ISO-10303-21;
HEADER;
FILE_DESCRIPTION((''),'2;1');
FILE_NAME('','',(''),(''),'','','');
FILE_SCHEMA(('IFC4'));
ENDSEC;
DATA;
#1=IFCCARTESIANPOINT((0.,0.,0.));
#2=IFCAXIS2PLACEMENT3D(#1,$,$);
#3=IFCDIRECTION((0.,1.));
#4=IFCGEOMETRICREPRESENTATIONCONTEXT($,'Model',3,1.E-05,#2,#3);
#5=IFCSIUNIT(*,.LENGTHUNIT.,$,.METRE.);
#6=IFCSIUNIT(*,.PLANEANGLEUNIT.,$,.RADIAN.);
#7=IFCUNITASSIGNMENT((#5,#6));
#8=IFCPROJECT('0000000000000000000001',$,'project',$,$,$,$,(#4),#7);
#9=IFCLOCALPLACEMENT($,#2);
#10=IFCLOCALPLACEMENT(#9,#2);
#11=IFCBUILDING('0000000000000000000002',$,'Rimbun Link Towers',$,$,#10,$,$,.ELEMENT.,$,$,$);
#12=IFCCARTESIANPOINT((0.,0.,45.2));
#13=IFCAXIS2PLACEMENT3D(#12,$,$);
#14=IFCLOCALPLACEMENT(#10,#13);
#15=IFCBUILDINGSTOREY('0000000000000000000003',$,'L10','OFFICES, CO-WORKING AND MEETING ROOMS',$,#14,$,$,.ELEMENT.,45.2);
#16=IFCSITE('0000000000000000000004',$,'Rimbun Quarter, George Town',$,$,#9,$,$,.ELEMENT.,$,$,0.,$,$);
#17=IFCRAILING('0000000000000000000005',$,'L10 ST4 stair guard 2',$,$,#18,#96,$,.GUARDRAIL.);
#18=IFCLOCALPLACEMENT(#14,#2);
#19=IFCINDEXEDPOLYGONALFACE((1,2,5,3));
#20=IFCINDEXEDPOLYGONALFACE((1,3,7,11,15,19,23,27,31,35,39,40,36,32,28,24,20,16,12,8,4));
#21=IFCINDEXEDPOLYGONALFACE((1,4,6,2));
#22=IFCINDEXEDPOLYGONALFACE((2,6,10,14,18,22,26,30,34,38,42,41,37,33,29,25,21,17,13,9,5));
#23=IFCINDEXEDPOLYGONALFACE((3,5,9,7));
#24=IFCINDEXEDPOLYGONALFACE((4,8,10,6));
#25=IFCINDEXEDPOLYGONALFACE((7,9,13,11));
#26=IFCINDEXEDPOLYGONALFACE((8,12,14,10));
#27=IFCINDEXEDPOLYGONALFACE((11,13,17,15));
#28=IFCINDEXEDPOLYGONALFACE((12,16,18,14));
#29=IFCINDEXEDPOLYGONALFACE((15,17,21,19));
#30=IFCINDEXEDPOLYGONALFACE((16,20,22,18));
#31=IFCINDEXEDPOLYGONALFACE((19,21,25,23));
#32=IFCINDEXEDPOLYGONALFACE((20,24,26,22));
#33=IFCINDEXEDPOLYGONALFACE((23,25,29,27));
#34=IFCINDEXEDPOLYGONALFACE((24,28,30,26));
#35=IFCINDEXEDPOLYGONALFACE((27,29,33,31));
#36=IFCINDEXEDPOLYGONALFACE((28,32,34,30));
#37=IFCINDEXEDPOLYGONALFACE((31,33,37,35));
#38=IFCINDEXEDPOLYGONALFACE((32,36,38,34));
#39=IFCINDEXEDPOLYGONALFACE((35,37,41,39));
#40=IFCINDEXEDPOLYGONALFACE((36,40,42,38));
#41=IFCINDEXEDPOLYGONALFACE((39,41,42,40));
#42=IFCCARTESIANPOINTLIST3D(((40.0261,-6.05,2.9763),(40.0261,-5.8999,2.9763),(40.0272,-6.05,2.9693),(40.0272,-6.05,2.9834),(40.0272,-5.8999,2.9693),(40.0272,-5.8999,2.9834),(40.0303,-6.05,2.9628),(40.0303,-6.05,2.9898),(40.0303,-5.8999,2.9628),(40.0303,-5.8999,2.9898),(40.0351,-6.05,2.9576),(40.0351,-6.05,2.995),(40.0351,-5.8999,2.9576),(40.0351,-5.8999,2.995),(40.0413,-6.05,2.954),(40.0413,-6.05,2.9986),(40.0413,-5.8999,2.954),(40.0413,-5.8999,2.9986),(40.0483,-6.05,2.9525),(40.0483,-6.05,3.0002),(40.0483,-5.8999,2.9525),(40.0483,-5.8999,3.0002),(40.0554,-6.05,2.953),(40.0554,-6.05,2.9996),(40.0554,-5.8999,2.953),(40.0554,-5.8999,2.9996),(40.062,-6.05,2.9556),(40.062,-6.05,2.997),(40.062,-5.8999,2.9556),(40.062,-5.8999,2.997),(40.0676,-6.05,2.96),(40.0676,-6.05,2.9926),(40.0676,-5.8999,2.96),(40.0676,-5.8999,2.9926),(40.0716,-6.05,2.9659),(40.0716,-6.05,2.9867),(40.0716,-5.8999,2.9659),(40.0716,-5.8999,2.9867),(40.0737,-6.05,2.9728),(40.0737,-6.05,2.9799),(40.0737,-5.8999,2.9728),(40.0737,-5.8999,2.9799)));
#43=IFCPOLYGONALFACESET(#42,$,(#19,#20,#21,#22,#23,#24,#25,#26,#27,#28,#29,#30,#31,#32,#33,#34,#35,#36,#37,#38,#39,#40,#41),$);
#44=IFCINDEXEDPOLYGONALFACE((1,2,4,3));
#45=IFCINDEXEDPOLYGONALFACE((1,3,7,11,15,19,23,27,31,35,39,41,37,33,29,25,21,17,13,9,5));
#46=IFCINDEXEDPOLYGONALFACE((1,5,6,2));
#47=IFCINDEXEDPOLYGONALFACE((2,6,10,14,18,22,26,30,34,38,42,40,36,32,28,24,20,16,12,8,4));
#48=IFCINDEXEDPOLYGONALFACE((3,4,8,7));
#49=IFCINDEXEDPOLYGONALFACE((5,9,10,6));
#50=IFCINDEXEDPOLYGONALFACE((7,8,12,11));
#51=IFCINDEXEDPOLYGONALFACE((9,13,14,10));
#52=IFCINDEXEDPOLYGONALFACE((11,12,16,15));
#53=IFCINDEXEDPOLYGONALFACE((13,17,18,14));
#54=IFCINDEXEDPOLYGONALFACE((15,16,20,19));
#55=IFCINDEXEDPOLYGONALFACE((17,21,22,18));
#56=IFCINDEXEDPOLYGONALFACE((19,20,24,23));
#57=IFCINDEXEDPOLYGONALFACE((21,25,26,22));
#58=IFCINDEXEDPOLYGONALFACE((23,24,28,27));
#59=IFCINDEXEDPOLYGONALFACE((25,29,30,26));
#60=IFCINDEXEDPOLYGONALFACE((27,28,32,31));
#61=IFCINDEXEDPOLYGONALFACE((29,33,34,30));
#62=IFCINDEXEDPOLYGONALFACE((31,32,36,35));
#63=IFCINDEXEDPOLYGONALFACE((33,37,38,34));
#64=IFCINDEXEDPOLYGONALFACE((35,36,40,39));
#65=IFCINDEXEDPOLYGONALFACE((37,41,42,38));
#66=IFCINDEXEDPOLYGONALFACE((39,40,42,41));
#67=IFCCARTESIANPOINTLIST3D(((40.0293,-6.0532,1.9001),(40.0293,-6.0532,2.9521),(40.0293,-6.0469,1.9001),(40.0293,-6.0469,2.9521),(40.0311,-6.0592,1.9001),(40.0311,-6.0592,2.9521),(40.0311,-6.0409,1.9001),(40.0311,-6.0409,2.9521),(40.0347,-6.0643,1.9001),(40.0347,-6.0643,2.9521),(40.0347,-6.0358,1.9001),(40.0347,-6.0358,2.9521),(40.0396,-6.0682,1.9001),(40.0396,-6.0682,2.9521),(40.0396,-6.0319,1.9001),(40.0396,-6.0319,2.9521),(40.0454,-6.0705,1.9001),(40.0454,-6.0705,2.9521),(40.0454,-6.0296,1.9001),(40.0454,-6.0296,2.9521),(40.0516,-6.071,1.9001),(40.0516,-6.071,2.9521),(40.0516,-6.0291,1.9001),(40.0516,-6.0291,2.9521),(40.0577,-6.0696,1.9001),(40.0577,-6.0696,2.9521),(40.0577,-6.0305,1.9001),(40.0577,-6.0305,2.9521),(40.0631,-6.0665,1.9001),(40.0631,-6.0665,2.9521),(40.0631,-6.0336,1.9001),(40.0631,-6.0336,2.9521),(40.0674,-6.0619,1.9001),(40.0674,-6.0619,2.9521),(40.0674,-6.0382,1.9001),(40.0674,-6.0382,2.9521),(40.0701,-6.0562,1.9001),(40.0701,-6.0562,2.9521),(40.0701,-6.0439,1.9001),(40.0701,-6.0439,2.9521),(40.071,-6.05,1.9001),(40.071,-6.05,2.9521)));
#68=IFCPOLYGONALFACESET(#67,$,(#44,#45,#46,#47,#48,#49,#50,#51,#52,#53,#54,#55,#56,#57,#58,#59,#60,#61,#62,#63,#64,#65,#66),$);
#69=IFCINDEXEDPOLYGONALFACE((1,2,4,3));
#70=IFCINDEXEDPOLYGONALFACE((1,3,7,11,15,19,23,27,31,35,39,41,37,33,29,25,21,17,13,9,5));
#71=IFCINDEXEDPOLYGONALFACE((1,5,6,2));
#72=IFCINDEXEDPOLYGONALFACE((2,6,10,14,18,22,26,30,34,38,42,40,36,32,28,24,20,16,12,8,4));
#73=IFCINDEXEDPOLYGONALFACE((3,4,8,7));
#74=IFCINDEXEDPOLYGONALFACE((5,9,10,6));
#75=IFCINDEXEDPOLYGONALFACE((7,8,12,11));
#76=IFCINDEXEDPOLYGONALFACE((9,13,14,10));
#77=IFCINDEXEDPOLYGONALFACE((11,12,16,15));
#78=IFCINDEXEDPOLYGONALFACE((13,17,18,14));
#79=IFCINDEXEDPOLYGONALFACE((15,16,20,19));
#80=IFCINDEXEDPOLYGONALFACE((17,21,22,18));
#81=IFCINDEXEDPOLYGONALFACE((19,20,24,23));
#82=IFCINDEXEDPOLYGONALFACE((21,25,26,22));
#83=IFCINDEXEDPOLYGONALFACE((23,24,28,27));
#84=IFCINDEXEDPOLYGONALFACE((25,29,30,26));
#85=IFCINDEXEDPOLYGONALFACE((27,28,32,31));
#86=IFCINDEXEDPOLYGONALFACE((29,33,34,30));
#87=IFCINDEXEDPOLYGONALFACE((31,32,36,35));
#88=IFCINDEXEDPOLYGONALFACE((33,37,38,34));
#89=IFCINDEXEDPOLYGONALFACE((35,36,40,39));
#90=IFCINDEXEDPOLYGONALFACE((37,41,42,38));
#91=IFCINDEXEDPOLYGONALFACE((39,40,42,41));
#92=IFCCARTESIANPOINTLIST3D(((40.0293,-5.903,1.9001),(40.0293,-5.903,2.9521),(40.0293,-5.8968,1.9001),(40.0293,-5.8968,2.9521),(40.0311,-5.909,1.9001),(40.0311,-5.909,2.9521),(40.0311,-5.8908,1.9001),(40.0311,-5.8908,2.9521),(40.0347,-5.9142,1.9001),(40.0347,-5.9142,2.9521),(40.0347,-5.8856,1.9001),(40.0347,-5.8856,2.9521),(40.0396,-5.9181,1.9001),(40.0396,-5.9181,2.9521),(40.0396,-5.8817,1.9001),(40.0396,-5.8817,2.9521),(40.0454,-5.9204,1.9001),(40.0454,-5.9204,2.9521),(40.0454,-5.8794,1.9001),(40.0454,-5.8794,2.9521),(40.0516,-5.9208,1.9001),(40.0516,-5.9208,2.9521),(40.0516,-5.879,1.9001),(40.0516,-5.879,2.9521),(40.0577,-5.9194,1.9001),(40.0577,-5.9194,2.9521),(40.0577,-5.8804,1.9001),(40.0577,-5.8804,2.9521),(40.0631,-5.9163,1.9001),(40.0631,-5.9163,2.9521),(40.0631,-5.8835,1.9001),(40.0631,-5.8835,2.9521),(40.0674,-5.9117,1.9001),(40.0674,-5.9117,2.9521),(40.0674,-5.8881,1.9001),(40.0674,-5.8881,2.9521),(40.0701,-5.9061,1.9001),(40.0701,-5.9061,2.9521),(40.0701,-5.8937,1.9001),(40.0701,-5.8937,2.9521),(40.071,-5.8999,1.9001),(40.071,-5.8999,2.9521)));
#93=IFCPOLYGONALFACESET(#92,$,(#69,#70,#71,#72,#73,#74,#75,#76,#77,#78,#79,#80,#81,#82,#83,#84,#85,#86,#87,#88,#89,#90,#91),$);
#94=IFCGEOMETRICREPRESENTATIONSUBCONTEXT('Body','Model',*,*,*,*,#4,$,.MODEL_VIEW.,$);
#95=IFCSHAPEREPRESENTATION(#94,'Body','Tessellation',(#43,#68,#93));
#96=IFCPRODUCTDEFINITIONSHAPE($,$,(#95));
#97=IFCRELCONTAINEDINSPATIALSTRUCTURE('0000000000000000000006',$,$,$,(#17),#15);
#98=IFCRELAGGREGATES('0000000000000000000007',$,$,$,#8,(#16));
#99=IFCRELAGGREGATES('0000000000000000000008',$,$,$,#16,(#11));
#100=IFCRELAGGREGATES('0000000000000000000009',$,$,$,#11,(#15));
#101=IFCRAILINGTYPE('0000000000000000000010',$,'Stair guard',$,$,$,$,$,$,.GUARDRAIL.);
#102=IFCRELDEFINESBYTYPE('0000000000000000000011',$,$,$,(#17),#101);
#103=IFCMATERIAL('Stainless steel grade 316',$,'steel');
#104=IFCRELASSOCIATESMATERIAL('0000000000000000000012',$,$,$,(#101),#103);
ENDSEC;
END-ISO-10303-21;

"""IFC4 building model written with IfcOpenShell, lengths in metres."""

from ifc_helpers import new_model, si_unit, direction, frame, origin, origin_2d, place, context, subcontext, project, spatial, circle, extrude, material, type_object, element, save


model = new_model("IFC4")

# Units and contexts
model_context = context("Model", 3, precision=1e-05, world=origin(), true_north=direction((0.0, 1.0)))
body_context = subcontext(model_context, "Body", "Model", "MODEL_VIEW")
ifc_project = project(units=[si_unit("LENGTHUNIT", "METRE"), si_unit("PLANEANGLEUNIT", "RADIAN")], contexts=[model_context])

# Site, building, storey
site_placement = place(None, origin())
site = spatial("IfcSite", under=ifc_project, at=site_placement, Name="Rimbun Quarter, George Town", CompositionType="ELEMENT", RefElevation=0.0)
building_placement = place(site_placement, origin())
building = spatial("IfcBuilding", under=site, at=building_placement, Name="Rimbun Link Towers", CompositionType="ELEMENT")
storey_placement = place(building_placement, frame((0.0, 0.0, 45.2)))
storey = spatial("IfcBuildingStorey", under=building, at=storey_placement, Name="L10", Description="OFFICES, CO-WORKING AND MEETING ROOMS", CompositionType="ELEMENT", Elevation=45.2)

# Railing
ifc_material_1 = material(Name="Stainless steel grade 316", Category="steel")
railing_type_1 = type_object("IfcRailingType", Name="Stair guard", PredefinedType="GUARDRAIL", material=ifc_material_1)
railing_1_placement = place(storey_placement, frame((40.05, -6.05, 1.9001)))
element("IfcRailing", 1, at=railing_1_placement, inside=storey, type_object=railing_type_1, Name="L10 ST4 stair guard 2", PredefinedType="GUARDRAIL", context=body_context, shape_type="SweptSolid", body=[
    extrude(circle(Radius=0.0239, at=origin_2d()), frame((0.0, 0.0, 1.0762), z_axis=(0.0, 1.0, 0.0), x_axis=(-1.0, 0.0, 0.0)), (0.0, 0.0, 1.0), 0.1501),
    extrude(circle(Radius=0.021, at=origin_2d()), origin(), (0.0, 0.0, 1.0), 1.052),
    extrude(circle(Radius=0.021, at=origin_2d()), frame((0.0, 0.1501, 0.0)), (0.0, 0.0, 1.0), 1.052),
])

save(model, "model.ifc")
